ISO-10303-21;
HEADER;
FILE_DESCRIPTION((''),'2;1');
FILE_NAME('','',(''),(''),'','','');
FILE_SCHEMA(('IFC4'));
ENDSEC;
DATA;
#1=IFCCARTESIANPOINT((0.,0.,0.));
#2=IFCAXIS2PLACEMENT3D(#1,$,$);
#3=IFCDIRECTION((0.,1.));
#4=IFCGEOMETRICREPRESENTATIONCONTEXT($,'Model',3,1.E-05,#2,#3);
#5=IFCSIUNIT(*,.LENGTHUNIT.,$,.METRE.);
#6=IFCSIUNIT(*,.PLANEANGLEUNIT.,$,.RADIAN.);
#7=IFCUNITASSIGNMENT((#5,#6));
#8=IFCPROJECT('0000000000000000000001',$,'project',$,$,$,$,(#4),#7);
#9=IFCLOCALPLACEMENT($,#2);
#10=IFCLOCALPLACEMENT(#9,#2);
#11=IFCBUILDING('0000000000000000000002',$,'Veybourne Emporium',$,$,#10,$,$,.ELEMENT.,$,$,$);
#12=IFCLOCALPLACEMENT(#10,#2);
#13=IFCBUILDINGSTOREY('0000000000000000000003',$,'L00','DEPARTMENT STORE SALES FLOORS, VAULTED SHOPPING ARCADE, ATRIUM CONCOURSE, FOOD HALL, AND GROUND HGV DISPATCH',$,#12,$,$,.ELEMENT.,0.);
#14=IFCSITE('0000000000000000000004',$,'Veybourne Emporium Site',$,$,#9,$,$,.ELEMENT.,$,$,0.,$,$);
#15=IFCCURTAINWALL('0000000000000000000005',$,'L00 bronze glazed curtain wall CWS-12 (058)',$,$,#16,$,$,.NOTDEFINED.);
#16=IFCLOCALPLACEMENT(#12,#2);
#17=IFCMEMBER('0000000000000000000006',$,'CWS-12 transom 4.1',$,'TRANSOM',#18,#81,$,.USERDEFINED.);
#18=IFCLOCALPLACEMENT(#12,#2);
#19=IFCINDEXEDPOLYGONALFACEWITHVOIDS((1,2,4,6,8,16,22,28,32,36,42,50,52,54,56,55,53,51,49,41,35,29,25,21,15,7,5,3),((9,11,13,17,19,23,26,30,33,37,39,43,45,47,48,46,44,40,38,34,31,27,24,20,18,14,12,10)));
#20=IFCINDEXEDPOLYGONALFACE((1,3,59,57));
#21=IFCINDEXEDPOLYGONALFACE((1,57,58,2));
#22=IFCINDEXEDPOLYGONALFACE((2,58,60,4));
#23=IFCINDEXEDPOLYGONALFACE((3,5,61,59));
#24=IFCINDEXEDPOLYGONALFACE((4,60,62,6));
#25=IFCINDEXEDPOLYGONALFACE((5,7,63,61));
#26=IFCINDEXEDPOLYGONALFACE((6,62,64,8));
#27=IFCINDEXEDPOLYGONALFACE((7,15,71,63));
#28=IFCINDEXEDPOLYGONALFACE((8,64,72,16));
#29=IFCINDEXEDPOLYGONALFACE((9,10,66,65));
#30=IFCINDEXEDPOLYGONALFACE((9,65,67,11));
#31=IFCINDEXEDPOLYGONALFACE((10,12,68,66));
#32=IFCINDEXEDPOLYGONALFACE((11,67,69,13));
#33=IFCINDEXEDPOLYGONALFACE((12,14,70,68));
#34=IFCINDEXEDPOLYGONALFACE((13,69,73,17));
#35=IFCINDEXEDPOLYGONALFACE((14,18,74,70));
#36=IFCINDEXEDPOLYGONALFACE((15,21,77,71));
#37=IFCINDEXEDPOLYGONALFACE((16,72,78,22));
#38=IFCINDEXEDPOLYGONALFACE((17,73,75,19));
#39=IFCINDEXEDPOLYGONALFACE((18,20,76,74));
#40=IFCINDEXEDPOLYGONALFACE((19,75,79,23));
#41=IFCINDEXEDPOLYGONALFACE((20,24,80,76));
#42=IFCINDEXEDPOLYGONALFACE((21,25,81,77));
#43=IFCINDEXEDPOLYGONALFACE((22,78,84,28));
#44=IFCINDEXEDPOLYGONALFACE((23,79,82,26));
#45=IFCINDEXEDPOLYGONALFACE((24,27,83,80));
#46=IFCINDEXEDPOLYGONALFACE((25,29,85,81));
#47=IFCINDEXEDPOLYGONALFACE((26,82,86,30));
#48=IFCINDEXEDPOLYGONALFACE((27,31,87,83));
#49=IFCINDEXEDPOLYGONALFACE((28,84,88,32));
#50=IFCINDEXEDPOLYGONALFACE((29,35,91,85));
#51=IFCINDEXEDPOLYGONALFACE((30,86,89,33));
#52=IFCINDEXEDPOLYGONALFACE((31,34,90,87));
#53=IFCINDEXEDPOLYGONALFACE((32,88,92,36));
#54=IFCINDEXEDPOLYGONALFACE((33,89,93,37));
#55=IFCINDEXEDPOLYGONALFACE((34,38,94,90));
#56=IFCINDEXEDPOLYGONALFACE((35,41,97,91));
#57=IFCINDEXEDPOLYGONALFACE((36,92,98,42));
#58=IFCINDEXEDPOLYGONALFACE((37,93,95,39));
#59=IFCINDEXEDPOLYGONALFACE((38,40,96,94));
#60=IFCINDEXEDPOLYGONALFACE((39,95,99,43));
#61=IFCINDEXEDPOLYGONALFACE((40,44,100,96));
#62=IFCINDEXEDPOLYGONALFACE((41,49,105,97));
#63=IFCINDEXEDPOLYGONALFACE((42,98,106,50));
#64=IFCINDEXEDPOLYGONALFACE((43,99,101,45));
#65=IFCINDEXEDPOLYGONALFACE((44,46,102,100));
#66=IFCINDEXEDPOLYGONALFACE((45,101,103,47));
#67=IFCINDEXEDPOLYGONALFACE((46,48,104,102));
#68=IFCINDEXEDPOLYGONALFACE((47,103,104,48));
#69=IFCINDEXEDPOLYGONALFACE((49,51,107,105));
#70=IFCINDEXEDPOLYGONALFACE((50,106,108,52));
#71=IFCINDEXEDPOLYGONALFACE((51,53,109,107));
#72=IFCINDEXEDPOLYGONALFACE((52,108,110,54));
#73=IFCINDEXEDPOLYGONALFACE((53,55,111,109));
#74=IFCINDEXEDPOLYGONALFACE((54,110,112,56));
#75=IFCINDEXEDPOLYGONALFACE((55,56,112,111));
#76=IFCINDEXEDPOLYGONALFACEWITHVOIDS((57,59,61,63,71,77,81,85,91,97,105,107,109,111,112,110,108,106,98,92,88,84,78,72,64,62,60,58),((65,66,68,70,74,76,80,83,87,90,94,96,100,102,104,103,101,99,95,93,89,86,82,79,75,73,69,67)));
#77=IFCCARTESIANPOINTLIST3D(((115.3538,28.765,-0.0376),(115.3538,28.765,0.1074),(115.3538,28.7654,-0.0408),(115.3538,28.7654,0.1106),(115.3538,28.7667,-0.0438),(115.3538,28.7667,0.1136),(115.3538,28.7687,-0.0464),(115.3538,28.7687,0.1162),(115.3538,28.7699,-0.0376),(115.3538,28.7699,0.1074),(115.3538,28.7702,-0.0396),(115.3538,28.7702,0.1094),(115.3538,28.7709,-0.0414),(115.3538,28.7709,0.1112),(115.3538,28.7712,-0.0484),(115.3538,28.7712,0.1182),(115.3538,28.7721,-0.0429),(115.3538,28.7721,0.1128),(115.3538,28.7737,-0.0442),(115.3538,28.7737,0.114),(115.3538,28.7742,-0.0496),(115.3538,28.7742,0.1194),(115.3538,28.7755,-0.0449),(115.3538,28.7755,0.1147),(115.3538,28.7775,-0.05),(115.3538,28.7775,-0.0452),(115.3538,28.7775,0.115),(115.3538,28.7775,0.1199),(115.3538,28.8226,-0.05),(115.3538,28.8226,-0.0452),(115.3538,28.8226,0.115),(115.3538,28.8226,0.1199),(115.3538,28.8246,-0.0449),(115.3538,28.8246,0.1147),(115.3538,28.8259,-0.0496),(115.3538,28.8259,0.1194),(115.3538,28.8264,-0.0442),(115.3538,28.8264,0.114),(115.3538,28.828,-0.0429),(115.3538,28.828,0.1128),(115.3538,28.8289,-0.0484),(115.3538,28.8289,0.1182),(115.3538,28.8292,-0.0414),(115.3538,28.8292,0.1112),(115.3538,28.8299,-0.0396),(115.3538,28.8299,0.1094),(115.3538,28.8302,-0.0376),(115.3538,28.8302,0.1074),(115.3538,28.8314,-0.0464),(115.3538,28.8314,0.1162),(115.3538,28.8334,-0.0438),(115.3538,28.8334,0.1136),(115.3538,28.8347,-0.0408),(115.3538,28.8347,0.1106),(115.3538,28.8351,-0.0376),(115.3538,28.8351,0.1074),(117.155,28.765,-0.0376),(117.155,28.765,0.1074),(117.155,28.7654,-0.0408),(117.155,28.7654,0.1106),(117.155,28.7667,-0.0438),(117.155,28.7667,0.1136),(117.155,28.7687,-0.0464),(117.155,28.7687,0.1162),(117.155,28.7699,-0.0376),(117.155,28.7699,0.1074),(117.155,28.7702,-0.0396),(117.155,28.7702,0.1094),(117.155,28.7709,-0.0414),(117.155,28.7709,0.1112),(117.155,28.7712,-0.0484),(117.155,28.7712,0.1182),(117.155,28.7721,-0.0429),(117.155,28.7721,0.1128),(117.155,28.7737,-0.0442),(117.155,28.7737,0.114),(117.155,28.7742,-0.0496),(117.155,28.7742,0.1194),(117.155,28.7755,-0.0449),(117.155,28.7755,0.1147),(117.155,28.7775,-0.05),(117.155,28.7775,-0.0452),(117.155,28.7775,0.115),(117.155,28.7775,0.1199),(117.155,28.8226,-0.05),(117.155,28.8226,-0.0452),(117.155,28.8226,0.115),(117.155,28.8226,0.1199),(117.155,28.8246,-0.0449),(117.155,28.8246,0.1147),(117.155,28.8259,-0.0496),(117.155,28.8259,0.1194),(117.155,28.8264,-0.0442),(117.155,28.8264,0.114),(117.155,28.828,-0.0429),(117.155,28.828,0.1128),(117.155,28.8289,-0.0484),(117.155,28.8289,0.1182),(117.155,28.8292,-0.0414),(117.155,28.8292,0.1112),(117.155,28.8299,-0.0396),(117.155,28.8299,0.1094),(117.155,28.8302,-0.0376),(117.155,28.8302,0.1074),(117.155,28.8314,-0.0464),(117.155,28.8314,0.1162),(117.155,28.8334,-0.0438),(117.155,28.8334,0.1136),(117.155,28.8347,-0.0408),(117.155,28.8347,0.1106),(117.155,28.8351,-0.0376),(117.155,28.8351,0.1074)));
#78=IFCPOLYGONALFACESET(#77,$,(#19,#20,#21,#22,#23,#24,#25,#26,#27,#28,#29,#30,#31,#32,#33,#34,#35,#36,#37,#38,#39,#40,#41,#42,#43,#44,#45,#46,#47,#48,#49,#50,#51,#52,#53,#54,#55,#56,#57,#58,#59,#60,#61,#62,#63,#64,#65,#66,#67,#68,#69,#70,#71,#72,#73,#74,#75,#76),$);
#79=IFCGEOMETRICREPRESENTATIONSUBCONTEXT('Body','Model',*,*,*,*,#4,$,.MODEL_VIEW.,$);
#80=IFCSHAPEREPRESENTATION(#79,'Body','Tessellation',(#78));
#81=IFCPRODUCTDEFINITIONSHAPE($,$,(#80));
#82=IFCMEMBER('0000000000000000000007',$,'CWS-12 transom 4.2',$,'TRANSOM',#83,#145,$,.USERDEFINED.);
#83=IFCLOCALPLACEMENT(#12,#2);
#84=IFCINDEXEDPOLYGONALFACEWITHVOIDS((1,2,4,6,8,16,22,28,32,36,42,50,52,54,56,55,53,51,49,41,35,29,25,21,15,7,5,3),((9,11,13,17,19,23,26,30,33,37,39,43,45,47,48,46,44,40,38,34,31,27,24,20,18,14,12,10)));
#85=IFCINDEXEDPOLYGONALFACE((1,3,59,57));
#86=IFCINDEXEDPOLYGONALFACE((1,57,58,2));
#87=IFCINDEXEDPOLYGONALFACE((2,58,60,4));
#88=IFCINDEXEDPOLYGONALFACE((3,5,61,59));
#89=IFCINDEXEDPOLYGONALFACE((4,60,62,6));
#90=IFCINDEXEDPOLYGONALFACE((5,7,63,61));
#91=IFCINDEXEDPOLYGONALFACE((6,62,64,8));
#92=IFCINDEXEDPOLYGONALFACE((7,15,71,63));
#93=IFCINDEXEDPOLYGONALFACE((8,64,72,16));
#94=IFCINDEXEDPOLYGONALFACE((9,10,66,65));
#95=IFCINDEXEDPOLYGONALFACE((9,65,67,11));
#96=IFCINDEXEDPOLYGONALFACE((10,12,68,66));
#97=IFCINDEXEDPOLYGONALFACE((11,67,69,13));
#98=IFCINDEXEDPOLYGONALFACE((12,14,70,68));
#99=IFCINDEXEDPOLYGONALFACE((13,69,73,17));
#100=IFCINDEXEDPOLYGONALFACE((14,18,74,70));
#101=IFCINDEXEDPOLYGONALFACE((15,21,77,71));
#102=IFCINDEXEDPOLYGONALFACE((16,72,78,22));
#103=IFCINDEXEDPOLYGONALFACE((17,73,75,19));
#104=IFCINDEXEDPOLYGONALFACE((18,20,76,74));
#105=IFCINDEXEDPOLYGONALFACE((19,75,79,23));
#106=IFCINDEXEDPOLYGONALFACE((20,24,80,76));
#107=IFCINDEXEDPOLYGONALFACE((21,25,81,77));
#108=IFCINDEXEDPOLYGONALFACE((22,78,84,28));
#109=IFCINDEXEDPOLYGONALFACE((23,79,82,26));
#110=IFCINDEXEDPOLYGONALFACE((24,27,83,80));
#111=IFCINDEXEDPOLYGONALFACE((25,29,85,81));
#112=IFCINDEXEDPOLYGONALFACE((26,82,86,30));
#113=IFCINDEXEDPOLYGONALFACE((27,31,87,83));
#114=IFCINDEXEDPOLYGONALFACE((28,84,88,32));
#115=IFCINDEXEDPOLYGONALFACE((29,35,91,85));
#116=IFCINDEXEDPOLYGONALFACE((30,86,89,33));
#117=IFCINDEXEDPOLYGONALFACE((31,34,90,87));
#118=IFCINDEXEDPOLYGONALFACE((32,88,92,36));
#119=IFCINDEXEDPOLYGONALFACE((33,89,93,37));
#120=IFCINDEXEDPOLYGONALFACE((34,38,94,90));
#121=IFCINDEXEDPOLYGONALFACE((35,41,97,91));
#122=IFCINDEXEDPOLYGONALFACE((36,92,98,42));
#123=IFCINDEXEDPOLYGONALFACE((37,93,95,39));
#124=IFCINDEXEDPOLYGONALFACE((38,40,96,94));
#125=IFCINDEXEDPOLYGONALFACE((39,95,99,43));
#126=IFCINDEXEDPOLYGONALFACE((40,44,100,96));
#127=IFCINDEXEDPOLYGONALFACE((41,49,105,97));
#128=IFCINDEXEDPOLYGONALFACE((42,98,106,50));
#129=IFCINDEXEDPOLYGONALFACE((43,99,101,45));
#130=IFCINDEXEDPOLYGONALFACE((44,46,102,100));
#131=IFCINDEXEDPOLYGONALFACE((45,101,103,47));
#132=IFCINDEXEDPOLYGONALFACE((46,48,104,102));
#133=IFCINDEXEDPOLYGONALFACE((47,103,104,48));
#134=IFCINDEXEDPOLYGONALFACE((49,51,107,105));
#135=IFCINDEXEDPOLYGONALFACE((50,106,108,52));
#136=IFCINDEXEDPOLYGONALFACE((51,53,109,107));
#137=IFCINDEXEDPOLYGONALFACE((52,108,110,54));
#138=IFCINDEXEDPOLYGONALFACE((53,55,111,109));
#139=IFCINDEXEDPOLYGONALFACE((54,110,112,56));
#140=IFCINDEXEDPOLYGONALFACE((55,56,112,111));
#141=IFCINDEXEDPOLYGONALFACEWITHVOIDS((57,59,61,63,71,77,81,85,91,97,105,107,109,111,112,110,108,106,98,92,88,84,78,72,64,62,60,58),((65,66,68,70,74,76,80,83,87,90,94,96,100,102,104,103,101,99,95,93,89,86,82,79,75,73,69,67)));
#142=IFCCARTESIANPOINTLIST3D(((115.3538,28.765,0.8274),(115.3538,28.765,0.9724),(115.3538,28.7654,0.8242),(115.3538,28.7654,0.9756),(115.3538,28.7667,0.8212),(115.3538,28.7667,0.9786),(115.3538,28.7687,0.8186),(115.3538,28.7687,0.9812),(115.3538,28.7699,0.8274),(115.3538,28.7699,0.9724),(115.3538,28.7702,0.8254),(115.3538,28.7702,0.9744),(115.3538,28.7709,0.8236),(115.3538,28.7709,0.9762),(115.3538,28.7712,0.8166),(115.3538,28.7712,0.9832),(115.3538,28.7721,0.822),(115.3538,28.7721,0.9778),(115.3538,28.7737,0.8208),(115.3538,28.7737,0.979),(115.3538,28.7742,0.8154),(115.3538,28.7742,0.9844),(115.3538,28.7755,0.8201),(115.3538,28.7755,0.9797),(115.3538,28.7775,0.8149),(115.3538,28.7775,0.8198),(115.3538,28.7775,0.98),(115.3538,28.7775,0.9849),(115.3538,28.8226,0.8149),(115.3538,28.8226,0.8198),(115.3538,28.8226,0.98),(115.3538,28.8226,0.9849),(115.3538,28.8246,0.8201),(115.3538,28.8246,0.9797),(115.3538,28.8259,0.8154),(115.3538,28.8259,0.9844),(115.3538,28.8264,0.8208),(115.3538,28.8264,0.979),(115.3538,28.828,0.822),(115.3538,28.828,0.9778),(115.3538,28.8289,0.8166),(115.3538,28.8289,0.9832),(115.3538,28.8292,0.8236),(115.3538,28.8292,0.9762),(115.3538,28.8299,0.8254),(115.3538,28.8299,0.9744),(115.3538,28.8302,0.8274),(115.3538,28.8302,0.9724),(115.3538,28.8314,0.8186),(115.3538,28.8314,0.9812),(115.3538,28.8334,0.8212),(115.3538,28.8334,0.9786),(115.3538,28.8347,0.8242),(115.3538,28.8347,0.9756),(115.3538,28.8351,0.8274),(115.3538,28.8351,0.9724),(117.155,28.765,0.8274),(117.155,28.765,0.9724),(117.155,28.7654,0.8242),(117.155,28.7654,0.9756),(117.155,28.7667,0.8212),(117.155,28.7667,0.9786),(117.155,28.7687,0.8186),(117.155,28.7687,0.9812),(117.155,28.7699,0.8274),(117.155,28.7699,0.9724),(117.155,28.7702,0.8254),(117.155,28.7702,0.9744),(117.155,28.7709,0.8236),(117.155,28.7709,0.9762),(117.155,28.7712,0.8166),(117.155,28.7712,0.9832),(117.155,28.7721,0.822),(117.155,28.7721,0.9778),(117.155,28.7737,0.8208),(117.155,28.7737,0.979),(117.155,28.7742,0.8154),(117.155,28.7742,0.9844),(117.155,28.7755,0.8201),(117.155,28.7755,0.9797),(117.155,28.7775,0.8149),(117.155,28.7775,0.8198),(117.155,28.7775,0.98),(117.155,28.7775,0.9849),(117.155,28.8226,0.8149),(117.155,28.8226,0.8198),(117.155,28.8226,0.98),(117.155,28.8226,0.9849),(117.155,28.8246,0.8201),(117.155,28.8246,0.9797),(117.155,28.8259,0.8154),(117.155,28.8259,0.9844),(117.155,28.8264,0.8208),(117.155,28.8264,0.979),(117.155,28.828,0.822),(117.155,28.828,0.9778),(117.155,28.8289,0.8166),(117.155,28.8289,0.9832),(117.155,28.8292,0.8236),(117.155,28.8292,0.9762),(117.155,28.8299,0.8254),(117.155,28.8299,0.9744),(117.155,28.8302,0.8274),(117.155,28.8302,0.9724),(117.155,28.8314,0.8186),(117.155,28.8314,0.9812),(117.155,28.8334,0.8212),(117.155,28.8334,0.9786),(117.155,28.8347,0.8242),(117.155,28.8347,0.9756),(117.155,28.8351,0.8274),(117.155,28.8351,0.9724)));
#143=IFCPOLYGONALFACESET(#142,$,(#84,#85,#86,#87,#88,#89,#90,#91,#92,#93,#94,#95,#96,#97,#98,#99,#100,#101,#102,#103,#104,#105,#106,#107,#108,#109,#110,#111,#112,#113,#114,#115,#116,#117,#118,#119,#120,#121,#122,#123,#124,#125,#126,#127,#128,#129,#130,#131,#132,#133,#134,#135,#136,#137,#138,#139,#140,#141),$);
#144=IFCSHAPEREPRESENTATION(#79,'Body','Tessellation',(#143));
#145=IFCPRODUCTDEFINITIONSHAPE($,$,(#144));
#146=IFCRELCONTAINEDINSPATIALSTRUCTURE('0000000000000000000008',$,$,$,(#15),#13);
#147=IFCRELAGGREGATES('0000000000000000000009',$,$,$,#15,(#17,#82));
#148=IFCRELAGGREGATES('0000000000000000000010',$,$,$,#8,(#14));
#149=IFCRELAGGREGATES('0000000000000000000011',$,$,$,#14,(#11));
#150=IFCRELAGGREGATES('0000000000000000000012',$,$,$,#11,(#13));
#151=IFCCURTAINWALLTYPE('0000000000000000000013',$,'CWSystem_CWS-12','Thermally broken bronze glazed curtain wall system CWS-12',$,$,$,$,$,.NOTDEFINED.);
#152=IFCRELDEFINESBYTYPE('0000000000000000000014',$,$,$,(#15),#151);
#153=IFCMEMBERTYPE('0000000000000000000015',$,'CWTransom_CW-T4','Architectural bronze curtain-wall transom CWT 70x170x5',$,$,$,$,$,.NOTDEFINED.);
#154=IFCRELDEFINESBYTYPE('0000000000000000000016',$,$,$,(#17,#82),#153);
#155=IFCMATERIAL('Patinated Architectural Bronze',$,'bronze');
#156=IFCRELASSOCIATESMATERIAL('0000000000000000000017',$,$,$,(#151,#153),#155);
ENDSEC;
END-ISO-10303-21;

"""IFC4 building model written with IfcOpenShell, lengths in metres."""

from ifc_helpers import new_model, si_unit, direction, frame, origin, origin_2d, place, context, subcontext, project, spatial, hollow_rectangle, extrude, material, material_profile, profile_set, type_object, element, aggregate, save


model = new_model("IFC4")

# Units and contexts
model_context = context("Model", 3, precision=1e-05, world=origin(), true_north=direction((0.0, 1.0)))
body_context = subcontext(model_context, "Body", "Model", "MODEL_VIEW")
ifc_project = project(units=[si_unit("LENGTHUNIT", "METRE"), si_unit("PLANEANGLEUNIT", "RADIAN")], contexts=[model_context])

# Site, building, storey
site_placement = place(None, origin())
site = spatial("IfcSite", under=ifc_project, at=site_placement, Name="Veybourne Emporium Site", CompositionType="ELEMENT", RefElevation=0.0)
building_placement = place(site_placement, origin())
building = spatial("IfcBuilding", under=site, at=building_placement, Name="Veybourne Emporium", CompositionType="ELEMENT")
storey_placement = place(building_placement, origin())
storey = spatial("IfcBuildingStorey", under=building, at=storey_placement, Name="L00", Description="DEPARTMENT STORE SALES FLOORS, VAULTED SHOPPING ARCADE, ATRIUM CONCOURSE, FOOD HALL, AND GROUND HGV DISPATCH", CompositionType="ELEMENT", Elevation=0.0)

# Shared definitions
ifc_material_1 = material(Name="Patinated Architectural Bronze", Category="bronze")

# Curtain wall
curtain_wall_type_1 = type_object("IfcCurtainWallType", Name="CWSystem_CWS-12", Description="Thermally broken bronze glazed curtain wall system CWS-12", PredefinedType="NOTDEFINED", material=ifc_material_1)
curtain_wall_1_placement = place(storey_placement, origin())
curtain_wall_1 = element("IfcCurtainWall", 1, at=curtain_wall_1_placement, inside=storey, type_object=curtain_wall_type_1, Name="L00 bronze glazed curtain wall CWS-12 (058)", PredefinedType="NOTDEFINED")

# Members
ifc_material_profile_1 = material_profile(ifc_material_1, hollow_rectangle(XDim=0.0701, YDim=0.1699, WallThickness=0.0049, InnerFilletRadius=0.0076, OuterFilletRadius=0.0125, at=origin_2d()), Name="CWT 70x170x5")
ifc_profile_set_1 = profile_set([ifc_material_profile_1], Name="Patinated Architectural Bronze")
member_type_1 = type_object("IfcMemberType", Name="CWTransom_CW-T4", Description="Architectural bronze curtain-wall transom CWT 70x170x5", PredefinedType="NOTDEFINED", material=ifc_profile_set_1)
member_1_placement = place(storey_placement, frame((115.3538, 28.8, 0.0349), z_axis=(1.0, 0.0, 0.0), x_axis=(0.0, 1.0, 0.0)))
member_1 = element("IfcMember", 2, at=member_1_placement, type_object=member_type_1, Name="CWS-12 transom 4.1", ObjectType="TRANSOM", PredefinedType="USERDEFINED", context=body_context, shape_type="SweptSolid", body=[
    extrude(hollow_rectangle(XDim=0.0701, YDim=0.1699, WallThickness=0.0049, InnerFilletRadius=0.0076, OuterFilletRadius=0.0125, at=origin_2d()), origin(), (0.0, 0.0, 1.0), 1.8013),
])
member_2_placement = place(storey_placement, frame((115.3538, 28.8, 0.8999), z_axis=(1.0, 0.0, 0.0), x_axis=(0.0, 1.0, 0.0)))
member_2 = element("IfcMember", 3, at=member_2_placement, type_object=member_type_1, Name="CWS-12 transom 4.2", ObjectType="TRANSOM", PredefinedType="USERDEFINED", context=body_context, shape_type="SweptSolid", body=[
    extrude(hollow_rectangle(XDim=0.0701, YDim=0.1699, WallThickness=0.0049, InnerFilletRadius=0.0076, OuterFilletRadius=0.0125, at=origin_2d()), origin(), (0.0, 0.0, 1.0), 1.8013),
])

aggregate(curtain_wall_1, [member_1, member_2])

save(model, "model.ifc")
